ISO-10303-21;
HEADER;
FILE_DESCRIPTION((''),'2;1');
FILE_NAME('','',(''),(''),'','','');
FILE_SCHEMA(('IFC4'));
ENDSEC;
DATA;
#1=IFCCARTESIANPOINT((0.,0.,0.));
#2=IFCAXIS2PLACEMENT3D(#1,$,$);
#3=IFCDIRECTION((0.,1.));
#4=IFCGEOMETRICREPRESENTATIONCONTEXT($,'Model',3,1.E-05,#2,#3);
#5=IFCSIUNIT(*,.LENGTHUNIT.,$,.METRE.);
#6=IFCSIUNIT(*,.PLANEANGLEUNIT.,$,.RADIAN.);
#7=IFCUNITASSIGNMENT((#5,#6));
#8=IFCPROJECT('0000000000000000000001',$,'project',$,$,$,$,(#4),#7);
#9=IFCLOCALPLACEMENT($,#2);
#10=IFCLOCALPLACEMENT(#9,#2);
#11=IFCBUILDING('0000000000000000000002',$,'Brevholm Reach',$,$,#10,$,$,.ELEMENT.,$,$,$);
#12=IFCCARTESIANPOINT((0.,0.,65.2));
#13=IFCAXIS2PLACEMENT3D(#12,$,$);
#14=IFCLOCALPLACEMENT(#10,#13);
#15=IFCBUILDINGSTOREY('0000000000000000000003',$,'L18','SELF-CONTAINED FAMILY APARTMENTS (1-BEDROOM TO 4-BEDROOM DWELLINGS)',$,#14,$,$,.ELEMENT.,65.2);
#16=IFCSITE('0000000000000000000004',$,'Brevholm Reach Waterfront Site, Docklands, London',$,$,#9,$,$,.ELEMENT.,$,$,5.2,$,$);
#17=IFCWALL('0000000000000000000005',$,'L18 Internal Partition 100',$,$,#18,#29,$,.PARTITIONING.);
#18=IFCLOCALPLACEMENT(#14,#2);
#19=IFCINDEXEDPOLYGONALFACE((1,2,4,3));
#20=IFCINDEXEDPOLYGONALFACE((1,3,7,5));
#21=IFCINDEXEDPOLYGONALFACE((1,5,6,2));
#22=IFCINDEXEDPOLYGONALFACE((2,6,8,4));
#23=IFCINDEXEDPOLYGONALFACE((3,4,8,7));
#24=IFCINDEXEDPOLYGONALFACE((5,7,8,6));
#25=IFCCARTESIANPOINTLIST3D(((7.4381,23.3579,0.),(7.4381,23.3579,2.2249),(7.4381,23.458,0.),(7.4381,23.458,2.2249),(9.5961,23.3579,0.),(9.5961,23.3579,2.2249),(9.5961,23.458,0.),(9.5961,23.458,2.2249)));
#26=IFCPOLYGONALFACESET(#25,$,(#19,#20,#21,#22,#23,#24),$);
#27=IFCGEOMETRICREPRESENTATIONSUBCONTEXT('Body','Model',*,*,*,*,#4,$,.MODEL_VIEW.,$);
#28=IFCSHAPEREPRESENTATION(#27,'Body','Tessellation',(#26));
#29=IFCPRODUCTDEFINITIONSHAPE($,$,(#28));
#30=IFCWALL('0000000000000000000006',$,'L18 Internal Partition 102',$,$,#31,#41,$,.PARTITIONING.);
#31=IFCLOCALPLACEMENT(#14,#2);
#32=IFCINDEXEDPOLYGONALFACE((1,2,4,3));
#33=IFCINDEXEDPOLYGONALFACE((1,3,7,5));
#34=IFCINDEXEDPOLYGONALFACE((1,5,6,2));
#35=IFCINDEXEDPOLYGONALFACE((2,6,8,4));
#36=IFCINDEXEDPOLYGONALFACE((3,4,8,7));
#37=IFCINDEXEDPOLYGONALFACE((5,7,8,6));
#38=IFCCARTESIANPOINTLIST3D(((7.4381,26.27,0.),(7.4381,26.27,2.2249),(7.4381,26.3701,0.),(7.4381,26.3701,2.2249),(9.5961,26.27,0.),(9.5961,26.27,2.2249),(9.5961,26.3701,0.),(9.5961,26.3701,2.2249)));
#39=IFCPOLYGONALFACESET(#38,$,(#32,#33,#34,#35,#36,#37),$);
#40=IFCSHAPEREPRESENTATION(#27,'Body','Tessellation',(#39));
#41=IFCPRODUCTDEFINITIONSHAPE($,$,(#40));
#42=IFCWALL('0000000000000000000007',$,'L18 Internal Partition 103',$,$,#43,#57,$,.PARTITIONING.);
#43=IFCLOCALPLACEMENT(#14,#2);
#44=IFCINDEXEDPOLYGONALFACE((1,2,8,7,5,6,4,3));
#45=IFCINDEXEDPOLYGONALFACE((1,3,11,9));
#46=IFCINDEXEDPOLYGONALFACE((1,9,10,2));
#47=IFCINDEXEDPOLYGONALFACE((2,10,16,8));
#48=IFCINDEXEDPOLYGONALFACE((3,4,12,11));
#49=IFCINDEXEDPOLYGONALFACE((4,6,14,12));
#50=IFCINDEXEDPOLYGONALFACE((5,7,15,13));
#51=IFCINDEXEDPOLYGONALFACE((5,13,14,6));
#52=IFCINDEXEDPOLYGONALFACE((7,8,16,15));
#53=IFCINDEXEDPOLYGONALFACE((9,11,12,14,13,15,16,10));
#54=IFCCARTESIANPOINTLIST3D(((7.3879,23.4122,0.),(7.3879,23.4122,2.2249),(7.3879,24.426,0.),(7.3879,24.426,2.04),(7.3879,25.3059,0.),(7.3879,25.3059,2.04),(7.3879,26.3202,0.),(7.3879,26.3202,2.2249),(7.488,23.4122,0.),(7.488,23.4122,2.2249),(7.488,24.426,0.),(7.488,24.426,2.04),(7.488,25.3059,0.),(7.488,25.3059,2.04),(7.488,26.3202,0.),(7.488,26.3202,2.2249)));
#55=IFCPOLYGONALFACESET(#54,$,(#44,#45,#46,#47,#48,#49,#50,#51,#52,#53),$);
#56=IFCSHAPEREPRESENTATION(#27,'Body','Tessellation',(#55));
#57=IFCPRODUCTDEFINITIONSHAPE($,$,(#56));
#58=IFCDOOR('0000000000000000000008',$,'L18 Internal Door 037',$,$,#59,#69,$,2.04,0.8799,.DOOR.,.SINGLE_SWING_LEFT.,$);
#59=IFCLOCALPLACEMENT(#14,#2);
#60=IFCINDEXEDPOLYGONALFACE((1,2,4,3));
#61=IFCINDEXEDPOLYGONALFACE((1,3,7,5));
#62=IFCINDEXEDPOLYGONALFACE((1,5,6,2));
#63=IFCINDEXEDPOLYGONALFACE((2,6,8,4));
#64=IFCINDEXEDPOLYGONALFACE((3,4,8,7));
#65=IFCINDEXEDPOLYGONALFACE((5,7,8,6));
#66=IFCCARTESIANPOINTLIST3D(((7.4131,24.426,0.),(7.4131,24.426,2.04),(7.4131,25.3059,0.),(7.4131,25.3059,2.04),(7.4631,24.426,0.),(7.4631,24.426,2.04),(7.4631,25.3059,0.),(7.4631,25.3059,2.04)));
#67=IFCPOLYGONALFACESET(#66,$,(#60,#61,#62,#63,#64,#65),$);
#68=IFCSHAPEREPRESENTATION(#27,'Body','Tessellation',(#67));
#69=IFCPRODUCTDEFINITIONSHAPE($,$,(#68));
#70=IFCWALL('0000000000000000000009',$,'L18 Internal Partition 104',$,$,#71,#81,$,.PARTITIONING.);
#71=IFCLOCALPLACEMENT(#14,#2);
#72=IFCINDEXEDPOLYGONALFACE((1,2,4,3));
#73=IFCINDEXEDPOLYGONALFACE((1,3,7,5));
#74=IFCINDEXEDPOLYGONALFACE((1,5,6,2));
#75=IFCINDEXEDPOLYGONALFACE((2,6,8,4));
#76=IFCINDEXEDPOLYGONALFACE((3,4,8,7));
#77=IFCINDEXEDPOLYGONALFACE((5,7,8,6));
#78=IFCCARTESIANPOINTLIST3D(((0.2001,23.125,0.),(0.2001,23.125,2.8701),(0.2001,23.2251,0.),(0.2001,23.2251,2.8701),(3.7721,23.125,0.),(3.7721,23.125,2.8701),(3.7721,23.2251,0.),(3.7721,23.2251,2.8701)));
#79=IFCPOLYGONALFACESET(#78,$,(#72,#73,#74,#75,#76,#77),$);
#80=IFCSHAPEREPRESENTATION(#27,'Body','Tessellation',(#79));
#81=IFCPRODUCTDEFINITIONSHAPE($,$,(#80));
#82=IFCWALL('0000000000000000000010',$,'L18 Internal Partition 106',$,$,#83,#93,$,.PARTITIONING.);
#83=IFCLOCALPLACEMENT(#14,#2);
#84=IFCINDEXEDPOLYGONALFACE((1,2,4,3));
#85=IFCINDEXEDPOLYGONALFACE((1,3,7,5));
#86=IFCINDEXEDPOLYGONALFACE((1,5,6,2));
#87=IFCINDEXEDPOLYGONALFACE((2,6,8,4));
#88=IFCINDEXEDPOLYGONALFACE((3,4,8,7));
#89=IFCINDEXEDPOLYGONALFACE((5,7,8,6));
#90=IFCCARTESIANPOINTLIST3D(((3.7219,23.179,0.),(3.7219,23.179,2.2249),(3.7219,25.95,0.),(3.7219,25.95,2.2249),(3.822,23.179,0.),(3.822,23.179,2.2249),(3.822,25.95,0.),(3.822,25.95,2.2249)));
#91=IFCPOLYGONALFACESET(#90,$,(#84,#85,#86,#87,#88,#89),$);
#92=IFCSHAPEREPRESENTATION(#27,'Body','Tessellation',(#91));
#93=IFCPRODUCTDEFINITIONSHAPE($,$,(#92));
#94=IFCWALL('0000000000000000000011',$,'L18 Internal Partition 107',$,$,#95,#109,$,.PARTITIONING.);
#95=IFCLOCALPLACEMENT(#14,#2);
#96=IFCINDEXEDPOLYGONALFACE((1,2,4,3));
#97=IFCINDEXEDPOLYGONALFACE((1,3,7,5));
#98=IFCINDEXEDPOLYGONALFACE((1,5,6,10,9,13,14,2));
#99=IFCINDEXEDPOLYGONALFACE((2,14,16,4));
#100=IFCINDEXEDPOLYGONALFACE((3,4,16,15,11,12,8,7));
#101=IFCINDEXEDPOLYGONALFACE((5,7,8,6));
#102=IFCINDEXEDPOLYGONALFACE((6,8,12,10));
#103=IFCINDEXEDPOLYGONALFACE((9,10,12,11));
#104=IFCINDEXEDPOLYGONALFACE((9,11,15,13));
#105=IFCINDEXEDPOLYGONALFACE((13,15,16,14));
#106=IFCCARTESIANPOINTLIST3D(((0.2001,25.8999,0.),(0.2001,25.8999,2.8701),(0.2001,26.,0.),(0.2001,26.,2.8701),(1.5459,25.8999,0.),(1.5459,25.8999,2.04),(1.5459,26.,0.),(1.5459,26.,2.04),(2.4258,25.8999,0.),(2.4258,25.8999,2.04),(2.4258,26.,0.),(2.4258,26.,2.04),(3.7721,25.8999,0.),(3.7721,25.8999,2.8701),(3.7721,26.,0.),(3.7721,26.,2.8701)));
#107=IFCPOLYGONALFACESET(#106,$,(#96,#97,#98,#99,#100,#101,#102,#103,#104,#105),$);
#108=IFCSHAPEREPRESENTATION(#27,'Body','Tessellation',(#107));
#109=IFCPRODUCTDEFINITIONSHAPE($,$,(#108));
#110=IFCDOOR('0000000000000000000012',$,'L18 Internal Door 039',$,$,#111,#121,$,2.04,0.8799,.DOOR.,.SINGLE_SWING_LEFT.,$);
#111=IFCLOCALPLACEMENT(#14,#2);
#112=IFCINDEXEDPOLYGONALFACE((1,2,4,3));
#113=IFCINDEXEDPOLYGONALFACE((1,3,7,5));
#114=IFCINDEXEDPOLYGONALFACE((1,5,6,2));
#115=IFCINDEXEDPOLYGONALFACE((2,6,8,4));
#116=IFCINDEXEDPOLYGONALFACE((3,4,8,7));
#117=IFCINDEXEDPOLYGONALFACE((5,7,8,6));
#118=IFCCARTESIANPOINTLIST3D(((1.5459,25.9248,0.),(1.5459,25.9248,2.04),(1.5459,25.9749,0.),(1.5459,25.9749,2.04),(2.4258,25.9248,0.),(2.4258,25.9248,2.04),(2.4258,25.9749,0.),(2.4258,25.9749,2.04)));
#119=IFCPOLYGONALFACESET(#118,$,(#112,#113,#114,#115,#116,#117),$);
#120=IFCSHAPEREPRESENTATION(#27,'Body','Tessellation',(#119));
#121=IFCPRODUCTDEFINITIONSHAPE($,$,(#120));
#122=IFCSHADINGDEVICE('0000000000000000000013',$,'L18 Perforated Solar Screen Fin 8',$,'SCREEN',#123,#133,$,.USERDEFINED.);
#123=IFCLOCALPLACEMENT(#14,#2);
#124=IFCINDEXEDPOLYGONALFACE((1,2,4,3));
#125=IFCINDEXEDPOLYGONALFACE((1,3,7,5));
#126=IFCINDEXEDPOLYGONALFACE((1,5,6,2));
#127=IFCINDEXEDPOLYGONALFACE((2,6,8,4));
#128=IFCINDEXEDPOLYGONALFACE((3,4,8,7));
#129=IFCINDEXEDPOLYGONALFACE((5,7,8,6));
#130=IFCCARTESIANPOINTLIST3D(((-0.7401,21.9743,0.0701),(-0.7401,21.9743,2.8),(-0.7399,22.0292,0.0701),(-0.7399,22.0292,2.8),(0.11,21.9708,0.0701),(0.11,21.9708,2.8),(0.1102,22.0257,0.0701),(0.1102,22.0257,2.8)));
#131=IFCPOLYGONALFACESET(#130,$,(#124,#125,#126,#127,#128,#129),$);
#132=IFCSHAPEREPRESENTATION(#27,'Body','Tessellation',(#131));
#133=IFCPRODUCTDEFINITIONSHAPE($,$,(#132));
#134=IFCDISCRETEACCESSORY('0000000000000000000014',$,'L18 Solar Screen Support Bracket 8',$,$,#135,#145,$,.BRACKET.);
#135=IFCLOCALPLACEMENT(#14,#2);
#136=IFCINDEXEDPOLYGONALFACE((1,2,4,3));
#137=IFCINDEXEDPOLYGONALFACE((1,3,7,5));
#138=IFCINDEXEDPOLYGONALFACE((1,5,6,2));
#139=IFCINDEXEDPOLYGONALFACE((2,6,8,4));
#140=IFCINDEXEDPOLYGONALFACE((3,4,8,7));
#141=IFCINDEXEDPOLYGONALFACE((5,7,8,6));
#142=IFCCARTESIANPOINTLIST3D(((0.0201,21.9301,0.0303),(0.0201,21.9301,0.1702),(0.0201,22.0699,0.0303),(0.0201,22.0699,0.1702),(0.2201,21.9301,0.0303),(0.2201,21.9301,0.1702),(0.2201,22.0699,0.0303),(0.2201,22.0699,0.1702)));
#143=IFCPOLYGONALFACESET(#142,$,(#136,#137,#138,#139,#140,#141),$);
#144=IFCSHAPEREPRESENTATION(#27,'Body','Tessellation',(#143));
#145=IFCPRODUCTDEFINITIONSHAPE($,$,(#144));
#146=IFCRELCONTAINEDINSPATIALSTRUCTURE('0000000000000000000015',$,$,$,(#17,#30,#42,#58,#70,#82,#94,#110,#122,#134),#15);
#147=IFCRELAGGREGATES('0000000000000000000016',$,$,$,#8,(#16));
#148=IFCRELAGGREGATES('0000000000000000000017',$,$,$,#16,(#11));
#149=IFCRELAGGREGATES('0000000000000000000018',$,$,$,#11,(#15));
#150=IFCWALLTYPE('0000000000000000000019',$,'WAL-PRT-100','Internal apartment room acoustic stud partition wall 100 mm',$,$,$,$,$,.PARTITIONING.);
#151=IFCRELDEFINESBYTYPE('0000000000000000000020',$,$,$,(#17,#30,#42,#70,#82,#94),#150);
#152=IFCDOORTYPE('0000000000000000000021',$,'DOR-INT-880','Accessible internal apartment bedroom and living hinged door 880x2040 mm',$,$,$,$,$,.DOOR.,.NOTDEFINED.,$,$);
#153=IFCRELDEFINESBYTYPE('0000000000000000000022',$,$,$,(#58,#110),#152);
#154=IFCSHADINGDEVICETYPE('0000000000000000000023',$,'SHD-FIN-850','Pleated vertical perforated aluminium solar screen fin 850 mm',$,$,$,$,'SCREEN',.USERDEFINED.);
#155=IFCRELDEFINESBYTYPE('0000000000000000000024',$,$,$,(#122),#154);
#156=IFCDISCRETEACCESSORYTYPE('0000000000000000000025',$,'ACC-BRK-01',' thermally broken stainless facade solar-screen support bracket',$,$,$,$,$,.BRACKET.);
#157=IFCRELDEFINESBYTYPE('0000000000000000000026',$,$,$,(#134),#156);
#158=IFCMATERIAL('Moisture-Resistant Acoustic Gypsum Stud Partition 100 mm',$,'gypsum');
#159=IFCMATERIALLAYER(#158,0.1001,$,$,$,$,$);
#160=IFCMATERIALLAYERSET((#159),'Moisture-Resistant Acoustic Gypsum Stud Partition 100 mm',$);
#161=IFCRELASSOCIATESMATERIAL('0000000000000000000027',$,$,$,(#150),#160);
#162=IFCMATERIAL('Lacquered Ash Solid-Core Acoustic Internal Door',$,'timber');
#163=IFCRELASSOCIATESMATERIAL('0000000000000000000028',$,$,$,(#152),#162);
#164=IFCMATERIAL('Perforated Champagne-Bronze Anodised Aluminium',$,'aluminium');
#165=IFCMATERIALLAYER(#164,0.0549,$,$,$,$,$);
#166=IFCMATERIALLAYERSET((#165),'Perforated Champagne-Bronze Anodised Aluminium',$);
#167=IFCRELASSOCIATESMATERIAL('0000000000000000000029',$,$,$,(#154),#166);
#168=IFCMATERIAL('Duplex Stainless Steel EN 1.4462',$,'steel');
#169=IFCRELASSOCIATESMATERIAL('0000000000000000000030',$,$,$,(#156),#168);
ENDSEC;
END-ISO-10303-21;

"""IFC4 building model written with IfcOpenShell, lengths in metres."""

from ifc_helpers import new_model, si_unit, direction, frame, frame_2d, origin, origin_2d, place, context, subcontext, project, spatial, rectangle, extrude, material, layer, layer_set, type_object, element, fill, save


model = new_model("IFC4")

# Units and contexts
model_context = context("Model", 3, precision=1e-05, world=origin(), true_north=direction((0.0, 1.0)))
body_context = subcontext(model_context, "Body", "Model", "MODEL_VIEW")
ifc_project = project(units=[si_unit("LENGTHUNIT", "METRE"), si_unit("PLANEANGLEUNIT", "RADIAN")], contexts=[model_context])

# Site, building, storey
site_placement = place(None, origin())
site = spatial("IfcSite", under=ifc_project, at=site_placement, Name="Brevholm Reach Waterfront Site, Docklands, London", CompositionType="ELEMENT", RefElevation=5.2)
building_placement = place(site_placement, origin())
building = spatial("IfcBuilding", under=site, at=building_placement, Name="Brevholm Reach", CompositionType="ELEMENT")
storey_placement = place(building_placement, frame((0.0, 0.0, 65.2)))
storey = spatial("IfcBuildingStorey", under=building, at=storey_placement, Name="L18", Description="SELF-CONTAINED FAMILY APARTMENTS (1-BEDROOM TO 4-BEDROOM DWELLINGS)", CompositionType="ELEMENT", Elevation=65.2)

# Walls
ifc_material_1 = material(Name="Moisture-Resistant Acoustic Gypsum Stud Partition 100 mm", Category="gypsum")
ifc_layer_1 = layer(ifc_material_1, 0.1001)
ifc_layer_set_1 = layer_set([ifc_layer_1], Name="Moisture-Resistant Acoustic Gypsum Stud Partition 100 mm")
wall_type_1 = type_object("IfcWallType", Name="WAL-PRT-100", Description="Internal apartment room acoustic stud partition wall 100 mm", PredefinedType="PARTITIONING", material=ifc_layer_set_1)
for number, where, z_axis, x_axis, name in (
    (1, (7.438, 23.408, 0.0), (0.0, 0.0, 1.0), (1.0, 0.0, 0.0), "L18 Internal Partition 100"),
    (2, (7.438, 26.3201, 0.0), (0.0, 0.0, 1.0), (1.0, 0.0, 0.0), "L18 Internal Partition 102"),
):
    element("IfcWall", number, at=place(storey_placement, frame(where, z_axis=z_axis, x_axis=x_axis)), inside=storey, type_object=wall_type_1, Name=name, PredefinedType="PARTITIONING", context=body_context, shape_type="SweptSolid", body=[
        extrude(rectangle(XDim=2.158, YDim=0.1001, at=frame_2d((1.0791, 0.0))), origin(), (0.0, 0.0, 1.0), 2.2249),
    ])

# Wall, opening, door
wall_1_placement = place(storey_placement, frame((7.438, 23.4121, 0.0), z_axis=(0.0, 0.0, 1.0), x_axis=(0.0, 1.0, 0.0)))
wall_1 = element("IfcWall", 3, at=wall_1_placement, inside=storey, type_object=wall_type_1, Name="L18 Internal Partition 103", PredefinedType="PARTITIONING", context=body_context, shape_type="SweptSolid", body=[
    extrude(rectangle(XDim=2.908, YDim=0.1001, at=frame_2d((1.4541, 0.0))), origin(), (0.0, 0.0, 1.0), 2.2249),
])
opening_1_placement = place(wall_1_placement, frame((1.0139, 0.0, 0.0)))
opening_1 = element("IfcOpeningElement", 4, at=opening_1_placement, cuts=wall_1, PredefinedType="OPENING", context=body_context, shape_type="SweptSolid", body=[
    extrude(rectangle(XDim=0.8799, YDim=2.04, at=frame_2d((0.4399, 1.02))), frame((0.0, 0.0601, 0.0), z_axis=(0.0, -1.0, 0.0), x_axis=(1.0, 0.0, 0.0)), (0.0, 0.0, 1.0), 0.1201),
])
ifc_material_2 = material(Name="Lacquered Ash Solid-Core Acoustic Internal Door", Category="timber")
door_type = type_object("IfcDoorType", Name="DOR-INT-880", Description="Accessible internal apartment bedroom and living hinged door 880x2040 mm", OperationType="NOTDEFINED", PredefinedType="DOOR", material=ifc_material_2)
door_1_placement = place(opening_1_placement, origin())
door_1 = element("IfcDoor", 5, at=door_1_placement, inside=storey, type_object=door_type, Name="L18 Internal Door 037", OperationType="SINGLE_SWING_LEFT", OverallHeight=2.04, OverallWidth=0.8799, PredefinedType="DOOR", context=body_context, shape_type="SweptSolid", body=[
    extrude(rectangle(XDim=0.8799, YDim=2.04, at=frame_2d((0.4399, 1.02))), frame((0.0, 0.0249, 0.0), z_axis=(0.0, -1.0, 0.0), x_axis=(1.0, 0.0, 0.0)), (0.0, 0.0, 1.0), 0.05),
])
fill(opening_1, door_1)

# Walls
wall_2_placement = place(storey_placement, frame((0.2, 23.175, 0.0), z_axis=(0.0, 0.0, 1.0), x_axis=(1.0, 0.0, 0.0)))
element("IfcWall", 6, at=wall_2_placement, inside=storey, type_object=wall_type_1, Name="L18 Internal Partition 104", PredefinedType="PARTITIONING", context=body_context, shape_type="SweptSolid", body=[
    extrude(rectangle(XDim=3.572, YDim=0.1001, at=frame_2d((1.7861, 0.0))), origin(), (0.0, 0.0, 1.0), 2.8701),
])
wall_3_placement = place(storey_placement, frame((3.772, 23.179, 0.0), z_axis=(0.0, 0.0, 1.0), x_axis=(0.0, 1.0, 0.0)))
element("IfcWall", 7, at=wall_3_placement, inside=storey, type_object=wall_type_1, Name="L18 Internal Partition 106", PredefinedType="PARTITIONING", context=body_context, shape_type="SweptSolid", body=[
    extrude(rectangle(XDim=2.771, YDim=0.1001, at=frame_2d((1.3855, 0.0))), origin(), (0.0, 0.0, 1.0), 2.2249),
])

# Wall, opening, door
wall_4_placement = place(storey_placement, frame((0.2, 25.95, 0.0), z_axis=(0.0, 0.0, 1.0), x_axis=(1.0, 0.0, 0.0)))
wall_4 = element("IfcWall", 8, at=wall_4_placement, inside=storey, type_object=wall_type_1, Name="L18 Internal Partition 107", PredefinedType="PARTITIONING", context=body_context, shape_type="SweptSolid", body=[
    extrude(rectangle(XDim=3.572, YDim=0.1001, at=frame_2d((1.7861, 0.0))), origin(), (0.0, 0.0, 1.0), 2.8701),
])
opening_2_placement = place(wall_4_placement, frame((1.3459, 0.0, 0.0)))
opening_2 = element("IfcOpeningElement", 9, at=opening_2_placement, cuts=wall_4, PredefinedType="OPENING", context=body_context, shape_type="SweptSolid", body=[
    extrude(rectangle(XDim=0.8799, YDim=2.04, at=frame_2d((0.4399, 1.02))), frame((0.0, 0.0601, 0.0), z_axis=(0.0, -1.0, 0.0), x_axis=(1.0, 0.0, 0.0)), (0.0, 0.0, 1.0), 0.1201),
])
door_2_placement = place(opening_2_placement, origin())
door_2 = element("IfcDoor", 10, at=door_2_placement, inside=storey, type_object=door_type, Name="L18 Internal Door 039", OperationType="SINGLE_SWING_LEFT", OverallHeight=2.04, OverallWidth=0.8799, PredefinedType="DOOR", context=body_context, shape_type="SweptSolid", body=[
    extrude(rectangle(XDim=0.8799, YDim=2.04, at=frame_2d((0.4399, 1.02))), frame((0.0, 0.0249, 0.0), z_axis=(0.0, -1.0, 0.0), x_axis=(1.0, 0.0, 0.0)), (0.0, 0.0, 1.0), 0.05),
])
fill(opening_2, door_2)

# Shading device
ifc_material_3 = material(Name="Perforated Champagne-Bronze Anodised Aluminium", Category="aluminium")
ifc_layer_2 = layer(ifc_material_3, 0.0549)
ifc_layer_set_2 = layer_set([ifc_layer_2], Name="Perforated Champagne-Bronze Anodised Aluminium")
shading_device_type = type_object("IfcShadingDeviceType", Name="SHD-FIN-850", Description="Pleated vertical perforated aluminium solar screen fin 850 mm", ElementType="SCREEN", PredefinedType="USERDEFINED", material=ifc_layer_set_2)
shading_device_placement = place(storey_placement, frame((-0.3149, 22.0, 0.0701), z_axis=(0.0, 0.0, 1.0), x_axis=(-0.999992, 0.004102, 0.0)))
element("IfcShadingDevice", 11, at=shading_device_placement, inside=storey, type_object=shading_device_type, Name="L18 Perforated Solar Screen Fin 8", ObjectType="SCREEN", PredefinedType="USERDEFINED", context=body_context, shape_type="SweptSolid", body=[
    extrude(rectangle(XDim=0.8501, YDim=0.0549, at=origin_2d()), origin(), (0.0, 0.0, 1.0), 2.73),
])

# Discrete accessory
ifc_material_4 = material(Name="Duplex Stainless Steel EN 1.4462", Category="steel")
discrete_accessory_type = type_object("IfcDiscreteAccessoryType", Name="ACC-BRK-01", Description=" thermally broken stainless facade solar-screen support bracket", PredefinedType="BRACKET", material=ifc_material_4)
discrete_accessory_placement = place(storey_placement, frame((0.1201, 22.0, 0.0303), z_axis=(0.0, 0.0, 1.0), x_axis=(-1.0, 0.0, 0.0)))
element("IfcDiscreteAccessory", 12, at=discrete_accessory_placement, inside=storey, type_object=discrete_accessory_type, Name="L18 Solar Screen Support Bracket 8", PredefinedType="BRACKET", context=body_context, shape_type="SweptSolid", body=[
    extrude(rectangle(XDim=0.2, YDim=0.1399, at=origin_2d()), origin(), (0.0, 0.0, 1.0), 0.1399),
])

save(model, "model.ifc")
